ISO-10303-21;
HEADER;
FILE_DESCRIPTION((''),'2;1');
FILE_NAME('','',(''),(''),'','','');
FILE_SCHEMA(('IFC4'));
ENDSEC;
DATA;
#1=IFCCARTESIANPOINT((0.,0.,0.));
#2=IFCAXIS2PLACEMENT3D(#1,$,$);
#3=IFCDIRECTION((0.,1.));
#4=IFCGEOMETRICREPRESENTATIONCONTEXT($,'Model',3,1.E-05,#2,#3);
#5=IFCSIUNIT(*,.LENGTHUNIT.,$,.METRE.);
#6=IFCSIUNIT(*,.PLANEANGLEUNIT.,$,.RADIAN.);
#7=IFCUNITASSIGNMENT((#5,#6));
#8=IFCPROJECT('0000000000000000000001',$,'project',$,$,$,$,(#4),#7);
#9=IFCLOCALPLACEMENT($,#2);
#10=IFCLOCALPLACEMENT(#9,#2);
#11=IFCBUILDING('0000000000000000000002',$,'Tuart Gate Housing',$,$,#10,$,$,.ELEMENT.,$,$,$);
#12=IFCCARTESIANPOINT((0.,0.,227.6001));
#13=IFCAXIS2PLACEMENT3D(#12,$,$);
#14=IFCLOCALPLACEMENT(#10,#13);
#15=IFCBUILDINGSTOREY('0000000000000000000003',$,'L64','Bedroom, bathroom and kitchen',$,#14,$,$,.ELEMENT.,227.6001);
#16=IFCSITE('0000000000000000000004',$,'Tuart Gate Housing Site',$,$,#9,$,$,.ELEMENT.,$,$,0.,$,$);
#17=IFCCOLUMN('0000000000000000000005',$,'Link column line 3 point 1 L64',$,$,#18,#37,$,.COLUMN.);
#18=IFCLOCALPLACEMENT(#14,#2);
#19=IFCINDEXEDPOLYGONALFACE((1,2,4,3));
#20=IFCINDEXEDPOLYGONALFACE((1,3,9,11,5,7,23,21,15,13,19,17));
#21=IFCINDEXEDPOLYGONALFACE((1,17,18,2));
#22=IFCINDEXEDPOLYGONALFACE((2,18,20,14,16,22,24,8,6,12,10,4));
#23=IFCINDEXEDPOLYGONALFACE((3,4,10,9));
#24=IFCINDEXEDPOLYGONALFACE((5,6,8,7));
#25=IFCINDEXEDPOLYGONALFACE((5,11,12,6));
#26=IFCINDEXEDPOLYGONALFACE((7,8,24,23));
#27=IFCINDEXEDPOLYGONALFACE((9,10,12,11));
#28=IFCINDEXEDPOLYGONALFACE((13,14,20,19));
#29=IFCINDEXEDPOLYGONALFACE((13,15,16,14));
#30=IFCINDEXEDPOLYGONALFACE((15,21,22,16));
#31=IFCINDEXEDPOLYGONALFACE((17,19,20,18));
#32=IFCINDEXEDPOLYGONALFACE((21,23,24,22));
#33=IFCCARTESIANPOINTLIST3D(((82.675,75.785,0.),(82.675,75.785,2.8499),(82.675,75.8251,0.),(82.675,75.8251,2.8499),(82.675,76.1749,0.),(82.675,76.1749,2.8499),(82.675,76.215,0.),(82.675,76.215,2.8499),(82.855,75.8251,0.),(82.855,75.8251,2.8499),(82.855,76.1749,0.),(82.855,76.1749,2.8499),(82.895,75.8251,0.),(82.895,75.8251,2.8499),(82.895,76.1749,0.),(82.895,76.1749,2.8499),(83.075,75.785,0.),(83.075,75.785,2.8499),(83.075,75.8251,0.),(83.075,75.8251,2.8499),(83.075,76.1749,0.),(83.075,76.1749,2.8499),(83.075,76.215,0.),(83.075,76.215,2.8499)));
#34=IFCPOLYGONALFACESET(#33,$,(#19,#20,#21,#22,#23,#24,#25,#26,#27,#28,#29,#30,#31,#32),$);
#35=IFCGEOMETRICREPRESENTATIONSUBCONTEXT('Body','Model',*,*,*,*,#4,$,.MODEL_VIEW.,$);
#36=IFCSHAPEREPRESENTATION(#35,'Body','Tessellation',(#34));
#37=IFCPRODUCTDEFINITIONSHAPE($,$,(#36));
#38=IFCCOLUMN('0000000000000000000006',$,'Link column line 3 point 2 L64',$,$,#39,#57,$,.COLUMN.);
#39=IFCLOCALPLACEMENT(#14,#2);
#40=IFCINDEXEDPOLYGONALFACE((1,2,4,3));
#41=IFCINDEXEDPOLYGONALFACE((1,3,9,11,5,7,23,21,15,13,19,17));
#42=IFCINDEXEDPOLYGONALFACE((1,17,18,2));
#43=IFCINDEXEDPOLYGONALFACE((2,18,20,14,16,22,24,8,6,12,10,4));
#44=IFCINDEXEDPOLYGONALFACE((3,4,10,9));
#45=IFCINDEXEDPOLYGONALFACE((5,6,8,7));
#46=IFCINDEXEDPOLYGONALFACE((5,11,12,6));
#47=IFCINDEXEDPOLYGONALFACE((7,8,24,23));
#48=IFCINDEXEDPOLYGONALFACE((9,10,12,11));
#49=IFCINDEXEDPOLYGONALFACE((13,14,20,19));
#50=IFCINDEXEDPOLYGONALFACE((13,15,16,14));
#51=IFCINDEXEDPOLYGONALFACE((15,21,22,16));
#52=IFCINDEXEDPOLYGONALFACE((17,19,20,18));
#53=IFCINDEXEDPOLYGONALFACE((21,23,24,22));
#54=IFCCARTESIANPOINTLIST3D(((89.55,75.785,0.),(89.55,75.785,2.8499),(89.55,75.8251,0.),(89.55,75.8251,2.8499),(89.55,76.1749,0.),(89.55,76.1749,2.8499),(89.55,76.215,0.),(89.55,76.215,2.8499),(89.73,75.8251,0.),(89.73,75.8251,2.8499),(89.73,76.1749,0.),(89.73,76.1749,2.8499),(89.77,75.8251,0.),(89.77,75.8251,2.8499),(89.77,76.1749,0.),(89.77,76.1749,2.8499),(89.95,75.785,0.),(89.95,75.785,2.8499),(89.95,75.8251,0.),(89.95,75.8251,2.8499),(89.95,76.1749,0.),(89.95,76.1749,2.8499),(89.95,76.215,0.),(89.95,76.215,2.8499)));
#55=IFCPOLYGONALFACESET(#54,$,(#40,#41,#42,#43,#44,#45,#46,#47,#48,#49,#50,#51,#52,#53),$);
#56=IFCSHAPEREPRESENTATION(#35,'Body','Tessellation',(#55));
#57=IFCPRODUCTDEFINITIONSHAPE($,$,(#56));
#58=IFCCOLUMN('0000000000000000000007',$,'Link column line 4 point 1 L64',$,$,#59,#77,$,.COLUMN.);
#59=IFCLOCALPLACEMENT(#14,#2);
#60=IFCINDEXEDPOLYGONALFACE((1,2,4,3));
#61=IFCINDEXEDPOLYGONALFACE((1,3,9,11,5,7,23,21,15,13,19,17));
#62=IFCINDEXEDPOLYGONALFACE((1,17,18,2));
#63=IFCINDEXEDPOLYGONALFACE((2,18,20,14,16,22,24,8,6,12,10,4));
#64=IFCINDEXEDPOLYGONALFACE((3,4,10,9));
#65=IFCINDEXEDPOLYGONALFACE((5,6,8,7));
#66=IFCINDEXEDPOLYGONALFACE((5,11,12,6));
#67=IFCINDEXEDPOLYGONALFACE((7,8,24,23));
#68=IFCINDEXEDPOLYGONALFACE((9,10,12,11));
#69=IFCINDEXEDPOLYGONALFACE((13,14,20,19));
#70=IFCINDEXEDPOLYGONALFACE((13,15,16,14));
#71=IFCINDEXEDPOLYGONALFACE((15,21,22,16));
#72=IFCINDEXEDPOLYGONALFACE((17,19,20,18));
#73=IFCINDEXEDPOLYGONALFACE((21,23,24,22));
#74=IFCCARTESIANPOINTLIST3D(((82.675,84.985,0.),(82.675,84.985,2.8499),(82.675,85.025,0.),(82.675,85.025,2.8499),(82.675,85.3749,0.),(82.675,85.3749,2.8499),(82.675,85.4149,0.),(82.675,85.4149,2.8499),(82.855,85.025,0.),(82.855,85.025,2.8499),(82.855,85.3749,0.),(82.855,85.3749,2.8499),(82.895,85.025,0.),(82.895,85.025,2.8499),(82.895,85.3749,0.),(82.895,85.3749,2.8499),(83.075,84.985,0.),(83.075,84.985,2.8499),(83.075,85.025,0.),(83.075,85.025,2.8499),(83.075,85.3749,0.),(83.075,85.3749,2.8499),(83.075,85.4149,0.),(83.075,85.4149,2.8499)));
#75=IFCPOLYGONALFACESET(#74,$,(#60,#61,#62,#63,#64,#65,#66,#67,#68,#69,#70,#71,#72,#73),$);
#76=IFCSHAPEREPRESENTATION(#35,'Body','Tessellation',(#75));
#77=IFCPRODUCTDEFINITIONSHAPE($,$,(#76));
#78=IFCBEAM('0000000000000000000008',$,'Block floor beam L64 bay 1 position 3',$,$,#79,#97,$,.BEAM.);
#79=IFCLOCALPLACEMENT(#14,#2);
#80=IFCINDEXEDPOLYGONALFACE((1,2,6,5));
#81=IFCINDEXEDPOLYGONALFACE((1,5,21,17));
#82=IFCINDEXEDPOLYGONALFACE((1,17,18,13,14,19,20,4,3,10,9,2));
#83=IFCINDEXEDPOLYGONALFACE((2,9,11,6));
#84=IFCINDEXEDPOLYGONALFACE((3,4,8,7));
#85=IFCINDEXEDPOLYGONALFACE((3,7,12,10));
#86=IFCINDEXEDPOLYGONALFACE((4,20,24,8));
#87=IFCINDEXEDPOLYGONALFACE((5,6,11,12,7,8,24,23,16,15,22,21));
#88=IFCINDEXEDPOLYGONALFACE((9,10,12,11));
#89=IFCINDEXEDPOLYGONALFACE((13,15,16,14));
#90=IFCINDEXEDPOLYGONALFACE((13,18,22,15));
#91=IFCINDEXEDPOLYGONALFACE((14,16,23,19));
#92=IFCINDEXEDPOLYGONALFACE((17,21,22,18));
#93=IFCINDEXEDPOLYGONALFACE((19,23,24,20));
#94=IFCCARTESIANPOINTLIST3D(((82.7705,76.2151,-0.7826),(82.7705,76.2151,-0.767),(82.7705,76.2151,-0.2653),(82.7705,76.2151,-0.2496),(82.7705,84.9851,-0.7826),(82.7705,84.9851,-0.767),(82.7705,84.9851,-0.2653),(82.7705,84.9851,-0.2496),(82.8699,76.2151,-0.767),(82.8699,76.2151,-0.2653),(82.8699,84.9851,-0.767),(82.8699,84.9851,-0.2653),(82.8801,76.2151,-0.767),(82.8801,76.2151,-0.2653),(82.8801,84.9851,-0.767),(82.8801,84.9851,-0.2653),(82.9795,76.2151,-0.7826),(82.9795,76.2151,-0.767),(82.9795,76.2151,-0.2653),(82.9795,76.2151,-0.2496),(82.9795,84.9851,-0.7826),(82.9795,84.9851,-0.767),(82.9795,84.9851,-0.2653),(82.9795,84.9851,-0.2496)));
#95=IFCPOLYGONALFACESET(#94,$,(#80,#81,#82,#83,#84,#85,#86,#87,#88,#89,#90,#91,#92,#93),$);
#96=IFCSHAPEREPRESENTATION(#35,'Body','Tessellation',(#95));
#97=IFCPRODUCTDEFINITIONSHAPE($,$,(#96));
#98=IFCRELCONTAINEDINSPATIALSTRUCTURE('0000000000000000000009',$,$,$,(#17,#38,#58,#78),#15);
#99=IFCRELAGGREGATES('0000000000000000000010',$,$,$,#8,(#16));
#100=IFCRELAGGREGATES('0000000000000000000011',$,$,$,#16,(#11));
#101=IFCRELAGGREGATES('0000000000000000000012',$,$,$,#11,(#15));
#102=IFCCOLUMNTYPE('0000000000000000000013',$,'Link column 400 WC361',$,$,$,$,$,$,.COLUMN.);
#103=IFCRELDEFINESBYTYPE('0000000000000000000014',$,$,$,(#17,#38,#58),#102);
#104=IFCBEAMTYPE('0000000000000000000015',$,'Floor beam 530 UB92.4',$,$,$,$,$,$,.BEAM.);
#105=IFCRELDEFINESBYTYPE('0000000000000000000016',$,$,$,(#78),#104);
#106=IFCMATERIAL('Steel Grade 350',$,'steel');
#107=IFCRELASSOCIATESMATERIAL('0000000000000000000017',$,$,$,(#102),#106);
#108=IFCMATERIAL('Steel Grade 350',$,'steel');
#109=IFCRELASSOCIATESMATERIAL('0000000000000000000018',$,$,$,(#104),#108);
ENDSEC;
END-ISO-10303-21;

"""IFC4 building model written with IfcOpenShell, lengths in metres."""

from ifc_helpers import new_model, si_unit, direction, frame, origin, origin_2d, place, context, subcontext, project, spatial, i_section, extrude, material, material_profile, profile_set, type_object, element, save


model = new_model("IFC4")

# Units and contexts
model_context = context("Model", 3, precision=1e-05, world=origin(), true_north=direction((0.0, 1.0)))
body_context = subcontext(model_context, "Body", "Model", "MODEL_VIEW")
ifc_project = project(units=[si_unit("LENGTHUNIT", "METRE"), si_unit("PLANEANGLEUNIT", "RADIAN")], contexts=[model_context])

# Site, building, storey
site_placement = place(None, origin())
site = spatial("IfcSite", under=ifc_project, at=site_placement, Name="Tuart Gate Housing Site", CompositionType="ELEMENT", RefElevation=0.0)
building_placement = place(site_placement, origin())
building = spatial("IfcBuilding", under=site, at=building_placement, Name="Tuart Gate Housing", CompositionType="ELEMENT")
storey_placement = place(building_placement, frame((0.0, 0.0, 227.6001)))
storey = spatial("IfcBuildingStorey", under=building, at=storey_placement, Name="L64", Description="Bedroom, bathroom and kitchen", CompositionType="ELEMENT", Elevation=227.6001)

# Columns
ifc_material_1 = material(Name="Steel Grade 350", Category="steel")
ifc_material_profile_1 = material_profile(ifc_material_1, i_section(OverallWidth=0.3999, OverallDepth=0.4299, WebThickness=0.04, FlangeThickness=0.04, at=origin_2d()), Name="400WC361")
ifc_profile_set_1 = profile_set([ifc_material_profile_1], Name="Steel Grade 350")
column_type = type_object("IfcColumnType", Name="Link column 400 WC361", PredefinedType="COLUMN", material=ifc_profile_set_1)
for number, where, z_axis, x_axis, name in (
    (1, (82.875, 76.0, 0.0), (0.0, 0.0, 1.0), (1.0, 0.0, 0.0), "Link column line 3 point 1 L64"),
    (2, (89.75, 76.0, 0.0), (0.0, 0.0, 1.0), (1.0, 0.0, 0.0), "Link column line 3 point 2 L64"),
    (3, (82.875, 85.2, 0.0), (0.0, 0.0, 1.0), (1.0, 0.0, 0.0), "Link column line 4 point 1 L64"),
):
    element("IfcColumn", number, at=place(storey_placement, frame(where, z_axis=z_axis, x_axis=x_axis)), inside=storey, type_object=column_type, Name=name, PredefinedType="COLUMN", context=body_context, shape_type="SweptSolid", body=[
        extrude(i_section(OverallWidth=0.3999, OverallDepth=0.4299, WebThickness=0.04, FlangeThickness=0.04, at=origin_2d()), origin(), (0.0, 0.0, 1.0), 2.8499),
    ])

# Beam
ifc_material_2 = material(Name="Steel Grade 350", Category="steel")
ifc_material_profile_2 = material_profile(ifc_material_2, i_section(OverallWidth=0.209, OverallDepth=0.533, WebThickness=0.0103, FlangeThickness=0.0156, at=origin_2d()), Name="530UB92.4")
ifc_profile_set_2 = profile_set([ifc_material_profile_2], Name="Steel Grade 350")
beam_type = type_object("IfcBeamType", Name="Floor beam 530 UB92.4", PredefinedType="BEAM", material=ifc_profile_set_2)
beam_placement = place(storey_placement, frame((82.875, 76.2151, -0.5161), z_axis=(0.0, 1.0, 0.0), x_axis=(-1.0, 0.0, 0.0)))
element("IfcBeam", 4, at=beam_placement, inside=storey, type_object=beam_type, Name="Block floor beam L64 bay 1 position 3", PredefinedType="BEAM", context=body_context, shape_type="SweptSolid", body=[
    extrude(i_section(OverallWidth=0.209, OverallDepth=0.533, WebThickness=0.0103, FlangeThickness=0.0156, at=origin_2d()), origin(), (0.0, 0.0, 1.0), 8.77),
])

save(model, "model.ifc")
